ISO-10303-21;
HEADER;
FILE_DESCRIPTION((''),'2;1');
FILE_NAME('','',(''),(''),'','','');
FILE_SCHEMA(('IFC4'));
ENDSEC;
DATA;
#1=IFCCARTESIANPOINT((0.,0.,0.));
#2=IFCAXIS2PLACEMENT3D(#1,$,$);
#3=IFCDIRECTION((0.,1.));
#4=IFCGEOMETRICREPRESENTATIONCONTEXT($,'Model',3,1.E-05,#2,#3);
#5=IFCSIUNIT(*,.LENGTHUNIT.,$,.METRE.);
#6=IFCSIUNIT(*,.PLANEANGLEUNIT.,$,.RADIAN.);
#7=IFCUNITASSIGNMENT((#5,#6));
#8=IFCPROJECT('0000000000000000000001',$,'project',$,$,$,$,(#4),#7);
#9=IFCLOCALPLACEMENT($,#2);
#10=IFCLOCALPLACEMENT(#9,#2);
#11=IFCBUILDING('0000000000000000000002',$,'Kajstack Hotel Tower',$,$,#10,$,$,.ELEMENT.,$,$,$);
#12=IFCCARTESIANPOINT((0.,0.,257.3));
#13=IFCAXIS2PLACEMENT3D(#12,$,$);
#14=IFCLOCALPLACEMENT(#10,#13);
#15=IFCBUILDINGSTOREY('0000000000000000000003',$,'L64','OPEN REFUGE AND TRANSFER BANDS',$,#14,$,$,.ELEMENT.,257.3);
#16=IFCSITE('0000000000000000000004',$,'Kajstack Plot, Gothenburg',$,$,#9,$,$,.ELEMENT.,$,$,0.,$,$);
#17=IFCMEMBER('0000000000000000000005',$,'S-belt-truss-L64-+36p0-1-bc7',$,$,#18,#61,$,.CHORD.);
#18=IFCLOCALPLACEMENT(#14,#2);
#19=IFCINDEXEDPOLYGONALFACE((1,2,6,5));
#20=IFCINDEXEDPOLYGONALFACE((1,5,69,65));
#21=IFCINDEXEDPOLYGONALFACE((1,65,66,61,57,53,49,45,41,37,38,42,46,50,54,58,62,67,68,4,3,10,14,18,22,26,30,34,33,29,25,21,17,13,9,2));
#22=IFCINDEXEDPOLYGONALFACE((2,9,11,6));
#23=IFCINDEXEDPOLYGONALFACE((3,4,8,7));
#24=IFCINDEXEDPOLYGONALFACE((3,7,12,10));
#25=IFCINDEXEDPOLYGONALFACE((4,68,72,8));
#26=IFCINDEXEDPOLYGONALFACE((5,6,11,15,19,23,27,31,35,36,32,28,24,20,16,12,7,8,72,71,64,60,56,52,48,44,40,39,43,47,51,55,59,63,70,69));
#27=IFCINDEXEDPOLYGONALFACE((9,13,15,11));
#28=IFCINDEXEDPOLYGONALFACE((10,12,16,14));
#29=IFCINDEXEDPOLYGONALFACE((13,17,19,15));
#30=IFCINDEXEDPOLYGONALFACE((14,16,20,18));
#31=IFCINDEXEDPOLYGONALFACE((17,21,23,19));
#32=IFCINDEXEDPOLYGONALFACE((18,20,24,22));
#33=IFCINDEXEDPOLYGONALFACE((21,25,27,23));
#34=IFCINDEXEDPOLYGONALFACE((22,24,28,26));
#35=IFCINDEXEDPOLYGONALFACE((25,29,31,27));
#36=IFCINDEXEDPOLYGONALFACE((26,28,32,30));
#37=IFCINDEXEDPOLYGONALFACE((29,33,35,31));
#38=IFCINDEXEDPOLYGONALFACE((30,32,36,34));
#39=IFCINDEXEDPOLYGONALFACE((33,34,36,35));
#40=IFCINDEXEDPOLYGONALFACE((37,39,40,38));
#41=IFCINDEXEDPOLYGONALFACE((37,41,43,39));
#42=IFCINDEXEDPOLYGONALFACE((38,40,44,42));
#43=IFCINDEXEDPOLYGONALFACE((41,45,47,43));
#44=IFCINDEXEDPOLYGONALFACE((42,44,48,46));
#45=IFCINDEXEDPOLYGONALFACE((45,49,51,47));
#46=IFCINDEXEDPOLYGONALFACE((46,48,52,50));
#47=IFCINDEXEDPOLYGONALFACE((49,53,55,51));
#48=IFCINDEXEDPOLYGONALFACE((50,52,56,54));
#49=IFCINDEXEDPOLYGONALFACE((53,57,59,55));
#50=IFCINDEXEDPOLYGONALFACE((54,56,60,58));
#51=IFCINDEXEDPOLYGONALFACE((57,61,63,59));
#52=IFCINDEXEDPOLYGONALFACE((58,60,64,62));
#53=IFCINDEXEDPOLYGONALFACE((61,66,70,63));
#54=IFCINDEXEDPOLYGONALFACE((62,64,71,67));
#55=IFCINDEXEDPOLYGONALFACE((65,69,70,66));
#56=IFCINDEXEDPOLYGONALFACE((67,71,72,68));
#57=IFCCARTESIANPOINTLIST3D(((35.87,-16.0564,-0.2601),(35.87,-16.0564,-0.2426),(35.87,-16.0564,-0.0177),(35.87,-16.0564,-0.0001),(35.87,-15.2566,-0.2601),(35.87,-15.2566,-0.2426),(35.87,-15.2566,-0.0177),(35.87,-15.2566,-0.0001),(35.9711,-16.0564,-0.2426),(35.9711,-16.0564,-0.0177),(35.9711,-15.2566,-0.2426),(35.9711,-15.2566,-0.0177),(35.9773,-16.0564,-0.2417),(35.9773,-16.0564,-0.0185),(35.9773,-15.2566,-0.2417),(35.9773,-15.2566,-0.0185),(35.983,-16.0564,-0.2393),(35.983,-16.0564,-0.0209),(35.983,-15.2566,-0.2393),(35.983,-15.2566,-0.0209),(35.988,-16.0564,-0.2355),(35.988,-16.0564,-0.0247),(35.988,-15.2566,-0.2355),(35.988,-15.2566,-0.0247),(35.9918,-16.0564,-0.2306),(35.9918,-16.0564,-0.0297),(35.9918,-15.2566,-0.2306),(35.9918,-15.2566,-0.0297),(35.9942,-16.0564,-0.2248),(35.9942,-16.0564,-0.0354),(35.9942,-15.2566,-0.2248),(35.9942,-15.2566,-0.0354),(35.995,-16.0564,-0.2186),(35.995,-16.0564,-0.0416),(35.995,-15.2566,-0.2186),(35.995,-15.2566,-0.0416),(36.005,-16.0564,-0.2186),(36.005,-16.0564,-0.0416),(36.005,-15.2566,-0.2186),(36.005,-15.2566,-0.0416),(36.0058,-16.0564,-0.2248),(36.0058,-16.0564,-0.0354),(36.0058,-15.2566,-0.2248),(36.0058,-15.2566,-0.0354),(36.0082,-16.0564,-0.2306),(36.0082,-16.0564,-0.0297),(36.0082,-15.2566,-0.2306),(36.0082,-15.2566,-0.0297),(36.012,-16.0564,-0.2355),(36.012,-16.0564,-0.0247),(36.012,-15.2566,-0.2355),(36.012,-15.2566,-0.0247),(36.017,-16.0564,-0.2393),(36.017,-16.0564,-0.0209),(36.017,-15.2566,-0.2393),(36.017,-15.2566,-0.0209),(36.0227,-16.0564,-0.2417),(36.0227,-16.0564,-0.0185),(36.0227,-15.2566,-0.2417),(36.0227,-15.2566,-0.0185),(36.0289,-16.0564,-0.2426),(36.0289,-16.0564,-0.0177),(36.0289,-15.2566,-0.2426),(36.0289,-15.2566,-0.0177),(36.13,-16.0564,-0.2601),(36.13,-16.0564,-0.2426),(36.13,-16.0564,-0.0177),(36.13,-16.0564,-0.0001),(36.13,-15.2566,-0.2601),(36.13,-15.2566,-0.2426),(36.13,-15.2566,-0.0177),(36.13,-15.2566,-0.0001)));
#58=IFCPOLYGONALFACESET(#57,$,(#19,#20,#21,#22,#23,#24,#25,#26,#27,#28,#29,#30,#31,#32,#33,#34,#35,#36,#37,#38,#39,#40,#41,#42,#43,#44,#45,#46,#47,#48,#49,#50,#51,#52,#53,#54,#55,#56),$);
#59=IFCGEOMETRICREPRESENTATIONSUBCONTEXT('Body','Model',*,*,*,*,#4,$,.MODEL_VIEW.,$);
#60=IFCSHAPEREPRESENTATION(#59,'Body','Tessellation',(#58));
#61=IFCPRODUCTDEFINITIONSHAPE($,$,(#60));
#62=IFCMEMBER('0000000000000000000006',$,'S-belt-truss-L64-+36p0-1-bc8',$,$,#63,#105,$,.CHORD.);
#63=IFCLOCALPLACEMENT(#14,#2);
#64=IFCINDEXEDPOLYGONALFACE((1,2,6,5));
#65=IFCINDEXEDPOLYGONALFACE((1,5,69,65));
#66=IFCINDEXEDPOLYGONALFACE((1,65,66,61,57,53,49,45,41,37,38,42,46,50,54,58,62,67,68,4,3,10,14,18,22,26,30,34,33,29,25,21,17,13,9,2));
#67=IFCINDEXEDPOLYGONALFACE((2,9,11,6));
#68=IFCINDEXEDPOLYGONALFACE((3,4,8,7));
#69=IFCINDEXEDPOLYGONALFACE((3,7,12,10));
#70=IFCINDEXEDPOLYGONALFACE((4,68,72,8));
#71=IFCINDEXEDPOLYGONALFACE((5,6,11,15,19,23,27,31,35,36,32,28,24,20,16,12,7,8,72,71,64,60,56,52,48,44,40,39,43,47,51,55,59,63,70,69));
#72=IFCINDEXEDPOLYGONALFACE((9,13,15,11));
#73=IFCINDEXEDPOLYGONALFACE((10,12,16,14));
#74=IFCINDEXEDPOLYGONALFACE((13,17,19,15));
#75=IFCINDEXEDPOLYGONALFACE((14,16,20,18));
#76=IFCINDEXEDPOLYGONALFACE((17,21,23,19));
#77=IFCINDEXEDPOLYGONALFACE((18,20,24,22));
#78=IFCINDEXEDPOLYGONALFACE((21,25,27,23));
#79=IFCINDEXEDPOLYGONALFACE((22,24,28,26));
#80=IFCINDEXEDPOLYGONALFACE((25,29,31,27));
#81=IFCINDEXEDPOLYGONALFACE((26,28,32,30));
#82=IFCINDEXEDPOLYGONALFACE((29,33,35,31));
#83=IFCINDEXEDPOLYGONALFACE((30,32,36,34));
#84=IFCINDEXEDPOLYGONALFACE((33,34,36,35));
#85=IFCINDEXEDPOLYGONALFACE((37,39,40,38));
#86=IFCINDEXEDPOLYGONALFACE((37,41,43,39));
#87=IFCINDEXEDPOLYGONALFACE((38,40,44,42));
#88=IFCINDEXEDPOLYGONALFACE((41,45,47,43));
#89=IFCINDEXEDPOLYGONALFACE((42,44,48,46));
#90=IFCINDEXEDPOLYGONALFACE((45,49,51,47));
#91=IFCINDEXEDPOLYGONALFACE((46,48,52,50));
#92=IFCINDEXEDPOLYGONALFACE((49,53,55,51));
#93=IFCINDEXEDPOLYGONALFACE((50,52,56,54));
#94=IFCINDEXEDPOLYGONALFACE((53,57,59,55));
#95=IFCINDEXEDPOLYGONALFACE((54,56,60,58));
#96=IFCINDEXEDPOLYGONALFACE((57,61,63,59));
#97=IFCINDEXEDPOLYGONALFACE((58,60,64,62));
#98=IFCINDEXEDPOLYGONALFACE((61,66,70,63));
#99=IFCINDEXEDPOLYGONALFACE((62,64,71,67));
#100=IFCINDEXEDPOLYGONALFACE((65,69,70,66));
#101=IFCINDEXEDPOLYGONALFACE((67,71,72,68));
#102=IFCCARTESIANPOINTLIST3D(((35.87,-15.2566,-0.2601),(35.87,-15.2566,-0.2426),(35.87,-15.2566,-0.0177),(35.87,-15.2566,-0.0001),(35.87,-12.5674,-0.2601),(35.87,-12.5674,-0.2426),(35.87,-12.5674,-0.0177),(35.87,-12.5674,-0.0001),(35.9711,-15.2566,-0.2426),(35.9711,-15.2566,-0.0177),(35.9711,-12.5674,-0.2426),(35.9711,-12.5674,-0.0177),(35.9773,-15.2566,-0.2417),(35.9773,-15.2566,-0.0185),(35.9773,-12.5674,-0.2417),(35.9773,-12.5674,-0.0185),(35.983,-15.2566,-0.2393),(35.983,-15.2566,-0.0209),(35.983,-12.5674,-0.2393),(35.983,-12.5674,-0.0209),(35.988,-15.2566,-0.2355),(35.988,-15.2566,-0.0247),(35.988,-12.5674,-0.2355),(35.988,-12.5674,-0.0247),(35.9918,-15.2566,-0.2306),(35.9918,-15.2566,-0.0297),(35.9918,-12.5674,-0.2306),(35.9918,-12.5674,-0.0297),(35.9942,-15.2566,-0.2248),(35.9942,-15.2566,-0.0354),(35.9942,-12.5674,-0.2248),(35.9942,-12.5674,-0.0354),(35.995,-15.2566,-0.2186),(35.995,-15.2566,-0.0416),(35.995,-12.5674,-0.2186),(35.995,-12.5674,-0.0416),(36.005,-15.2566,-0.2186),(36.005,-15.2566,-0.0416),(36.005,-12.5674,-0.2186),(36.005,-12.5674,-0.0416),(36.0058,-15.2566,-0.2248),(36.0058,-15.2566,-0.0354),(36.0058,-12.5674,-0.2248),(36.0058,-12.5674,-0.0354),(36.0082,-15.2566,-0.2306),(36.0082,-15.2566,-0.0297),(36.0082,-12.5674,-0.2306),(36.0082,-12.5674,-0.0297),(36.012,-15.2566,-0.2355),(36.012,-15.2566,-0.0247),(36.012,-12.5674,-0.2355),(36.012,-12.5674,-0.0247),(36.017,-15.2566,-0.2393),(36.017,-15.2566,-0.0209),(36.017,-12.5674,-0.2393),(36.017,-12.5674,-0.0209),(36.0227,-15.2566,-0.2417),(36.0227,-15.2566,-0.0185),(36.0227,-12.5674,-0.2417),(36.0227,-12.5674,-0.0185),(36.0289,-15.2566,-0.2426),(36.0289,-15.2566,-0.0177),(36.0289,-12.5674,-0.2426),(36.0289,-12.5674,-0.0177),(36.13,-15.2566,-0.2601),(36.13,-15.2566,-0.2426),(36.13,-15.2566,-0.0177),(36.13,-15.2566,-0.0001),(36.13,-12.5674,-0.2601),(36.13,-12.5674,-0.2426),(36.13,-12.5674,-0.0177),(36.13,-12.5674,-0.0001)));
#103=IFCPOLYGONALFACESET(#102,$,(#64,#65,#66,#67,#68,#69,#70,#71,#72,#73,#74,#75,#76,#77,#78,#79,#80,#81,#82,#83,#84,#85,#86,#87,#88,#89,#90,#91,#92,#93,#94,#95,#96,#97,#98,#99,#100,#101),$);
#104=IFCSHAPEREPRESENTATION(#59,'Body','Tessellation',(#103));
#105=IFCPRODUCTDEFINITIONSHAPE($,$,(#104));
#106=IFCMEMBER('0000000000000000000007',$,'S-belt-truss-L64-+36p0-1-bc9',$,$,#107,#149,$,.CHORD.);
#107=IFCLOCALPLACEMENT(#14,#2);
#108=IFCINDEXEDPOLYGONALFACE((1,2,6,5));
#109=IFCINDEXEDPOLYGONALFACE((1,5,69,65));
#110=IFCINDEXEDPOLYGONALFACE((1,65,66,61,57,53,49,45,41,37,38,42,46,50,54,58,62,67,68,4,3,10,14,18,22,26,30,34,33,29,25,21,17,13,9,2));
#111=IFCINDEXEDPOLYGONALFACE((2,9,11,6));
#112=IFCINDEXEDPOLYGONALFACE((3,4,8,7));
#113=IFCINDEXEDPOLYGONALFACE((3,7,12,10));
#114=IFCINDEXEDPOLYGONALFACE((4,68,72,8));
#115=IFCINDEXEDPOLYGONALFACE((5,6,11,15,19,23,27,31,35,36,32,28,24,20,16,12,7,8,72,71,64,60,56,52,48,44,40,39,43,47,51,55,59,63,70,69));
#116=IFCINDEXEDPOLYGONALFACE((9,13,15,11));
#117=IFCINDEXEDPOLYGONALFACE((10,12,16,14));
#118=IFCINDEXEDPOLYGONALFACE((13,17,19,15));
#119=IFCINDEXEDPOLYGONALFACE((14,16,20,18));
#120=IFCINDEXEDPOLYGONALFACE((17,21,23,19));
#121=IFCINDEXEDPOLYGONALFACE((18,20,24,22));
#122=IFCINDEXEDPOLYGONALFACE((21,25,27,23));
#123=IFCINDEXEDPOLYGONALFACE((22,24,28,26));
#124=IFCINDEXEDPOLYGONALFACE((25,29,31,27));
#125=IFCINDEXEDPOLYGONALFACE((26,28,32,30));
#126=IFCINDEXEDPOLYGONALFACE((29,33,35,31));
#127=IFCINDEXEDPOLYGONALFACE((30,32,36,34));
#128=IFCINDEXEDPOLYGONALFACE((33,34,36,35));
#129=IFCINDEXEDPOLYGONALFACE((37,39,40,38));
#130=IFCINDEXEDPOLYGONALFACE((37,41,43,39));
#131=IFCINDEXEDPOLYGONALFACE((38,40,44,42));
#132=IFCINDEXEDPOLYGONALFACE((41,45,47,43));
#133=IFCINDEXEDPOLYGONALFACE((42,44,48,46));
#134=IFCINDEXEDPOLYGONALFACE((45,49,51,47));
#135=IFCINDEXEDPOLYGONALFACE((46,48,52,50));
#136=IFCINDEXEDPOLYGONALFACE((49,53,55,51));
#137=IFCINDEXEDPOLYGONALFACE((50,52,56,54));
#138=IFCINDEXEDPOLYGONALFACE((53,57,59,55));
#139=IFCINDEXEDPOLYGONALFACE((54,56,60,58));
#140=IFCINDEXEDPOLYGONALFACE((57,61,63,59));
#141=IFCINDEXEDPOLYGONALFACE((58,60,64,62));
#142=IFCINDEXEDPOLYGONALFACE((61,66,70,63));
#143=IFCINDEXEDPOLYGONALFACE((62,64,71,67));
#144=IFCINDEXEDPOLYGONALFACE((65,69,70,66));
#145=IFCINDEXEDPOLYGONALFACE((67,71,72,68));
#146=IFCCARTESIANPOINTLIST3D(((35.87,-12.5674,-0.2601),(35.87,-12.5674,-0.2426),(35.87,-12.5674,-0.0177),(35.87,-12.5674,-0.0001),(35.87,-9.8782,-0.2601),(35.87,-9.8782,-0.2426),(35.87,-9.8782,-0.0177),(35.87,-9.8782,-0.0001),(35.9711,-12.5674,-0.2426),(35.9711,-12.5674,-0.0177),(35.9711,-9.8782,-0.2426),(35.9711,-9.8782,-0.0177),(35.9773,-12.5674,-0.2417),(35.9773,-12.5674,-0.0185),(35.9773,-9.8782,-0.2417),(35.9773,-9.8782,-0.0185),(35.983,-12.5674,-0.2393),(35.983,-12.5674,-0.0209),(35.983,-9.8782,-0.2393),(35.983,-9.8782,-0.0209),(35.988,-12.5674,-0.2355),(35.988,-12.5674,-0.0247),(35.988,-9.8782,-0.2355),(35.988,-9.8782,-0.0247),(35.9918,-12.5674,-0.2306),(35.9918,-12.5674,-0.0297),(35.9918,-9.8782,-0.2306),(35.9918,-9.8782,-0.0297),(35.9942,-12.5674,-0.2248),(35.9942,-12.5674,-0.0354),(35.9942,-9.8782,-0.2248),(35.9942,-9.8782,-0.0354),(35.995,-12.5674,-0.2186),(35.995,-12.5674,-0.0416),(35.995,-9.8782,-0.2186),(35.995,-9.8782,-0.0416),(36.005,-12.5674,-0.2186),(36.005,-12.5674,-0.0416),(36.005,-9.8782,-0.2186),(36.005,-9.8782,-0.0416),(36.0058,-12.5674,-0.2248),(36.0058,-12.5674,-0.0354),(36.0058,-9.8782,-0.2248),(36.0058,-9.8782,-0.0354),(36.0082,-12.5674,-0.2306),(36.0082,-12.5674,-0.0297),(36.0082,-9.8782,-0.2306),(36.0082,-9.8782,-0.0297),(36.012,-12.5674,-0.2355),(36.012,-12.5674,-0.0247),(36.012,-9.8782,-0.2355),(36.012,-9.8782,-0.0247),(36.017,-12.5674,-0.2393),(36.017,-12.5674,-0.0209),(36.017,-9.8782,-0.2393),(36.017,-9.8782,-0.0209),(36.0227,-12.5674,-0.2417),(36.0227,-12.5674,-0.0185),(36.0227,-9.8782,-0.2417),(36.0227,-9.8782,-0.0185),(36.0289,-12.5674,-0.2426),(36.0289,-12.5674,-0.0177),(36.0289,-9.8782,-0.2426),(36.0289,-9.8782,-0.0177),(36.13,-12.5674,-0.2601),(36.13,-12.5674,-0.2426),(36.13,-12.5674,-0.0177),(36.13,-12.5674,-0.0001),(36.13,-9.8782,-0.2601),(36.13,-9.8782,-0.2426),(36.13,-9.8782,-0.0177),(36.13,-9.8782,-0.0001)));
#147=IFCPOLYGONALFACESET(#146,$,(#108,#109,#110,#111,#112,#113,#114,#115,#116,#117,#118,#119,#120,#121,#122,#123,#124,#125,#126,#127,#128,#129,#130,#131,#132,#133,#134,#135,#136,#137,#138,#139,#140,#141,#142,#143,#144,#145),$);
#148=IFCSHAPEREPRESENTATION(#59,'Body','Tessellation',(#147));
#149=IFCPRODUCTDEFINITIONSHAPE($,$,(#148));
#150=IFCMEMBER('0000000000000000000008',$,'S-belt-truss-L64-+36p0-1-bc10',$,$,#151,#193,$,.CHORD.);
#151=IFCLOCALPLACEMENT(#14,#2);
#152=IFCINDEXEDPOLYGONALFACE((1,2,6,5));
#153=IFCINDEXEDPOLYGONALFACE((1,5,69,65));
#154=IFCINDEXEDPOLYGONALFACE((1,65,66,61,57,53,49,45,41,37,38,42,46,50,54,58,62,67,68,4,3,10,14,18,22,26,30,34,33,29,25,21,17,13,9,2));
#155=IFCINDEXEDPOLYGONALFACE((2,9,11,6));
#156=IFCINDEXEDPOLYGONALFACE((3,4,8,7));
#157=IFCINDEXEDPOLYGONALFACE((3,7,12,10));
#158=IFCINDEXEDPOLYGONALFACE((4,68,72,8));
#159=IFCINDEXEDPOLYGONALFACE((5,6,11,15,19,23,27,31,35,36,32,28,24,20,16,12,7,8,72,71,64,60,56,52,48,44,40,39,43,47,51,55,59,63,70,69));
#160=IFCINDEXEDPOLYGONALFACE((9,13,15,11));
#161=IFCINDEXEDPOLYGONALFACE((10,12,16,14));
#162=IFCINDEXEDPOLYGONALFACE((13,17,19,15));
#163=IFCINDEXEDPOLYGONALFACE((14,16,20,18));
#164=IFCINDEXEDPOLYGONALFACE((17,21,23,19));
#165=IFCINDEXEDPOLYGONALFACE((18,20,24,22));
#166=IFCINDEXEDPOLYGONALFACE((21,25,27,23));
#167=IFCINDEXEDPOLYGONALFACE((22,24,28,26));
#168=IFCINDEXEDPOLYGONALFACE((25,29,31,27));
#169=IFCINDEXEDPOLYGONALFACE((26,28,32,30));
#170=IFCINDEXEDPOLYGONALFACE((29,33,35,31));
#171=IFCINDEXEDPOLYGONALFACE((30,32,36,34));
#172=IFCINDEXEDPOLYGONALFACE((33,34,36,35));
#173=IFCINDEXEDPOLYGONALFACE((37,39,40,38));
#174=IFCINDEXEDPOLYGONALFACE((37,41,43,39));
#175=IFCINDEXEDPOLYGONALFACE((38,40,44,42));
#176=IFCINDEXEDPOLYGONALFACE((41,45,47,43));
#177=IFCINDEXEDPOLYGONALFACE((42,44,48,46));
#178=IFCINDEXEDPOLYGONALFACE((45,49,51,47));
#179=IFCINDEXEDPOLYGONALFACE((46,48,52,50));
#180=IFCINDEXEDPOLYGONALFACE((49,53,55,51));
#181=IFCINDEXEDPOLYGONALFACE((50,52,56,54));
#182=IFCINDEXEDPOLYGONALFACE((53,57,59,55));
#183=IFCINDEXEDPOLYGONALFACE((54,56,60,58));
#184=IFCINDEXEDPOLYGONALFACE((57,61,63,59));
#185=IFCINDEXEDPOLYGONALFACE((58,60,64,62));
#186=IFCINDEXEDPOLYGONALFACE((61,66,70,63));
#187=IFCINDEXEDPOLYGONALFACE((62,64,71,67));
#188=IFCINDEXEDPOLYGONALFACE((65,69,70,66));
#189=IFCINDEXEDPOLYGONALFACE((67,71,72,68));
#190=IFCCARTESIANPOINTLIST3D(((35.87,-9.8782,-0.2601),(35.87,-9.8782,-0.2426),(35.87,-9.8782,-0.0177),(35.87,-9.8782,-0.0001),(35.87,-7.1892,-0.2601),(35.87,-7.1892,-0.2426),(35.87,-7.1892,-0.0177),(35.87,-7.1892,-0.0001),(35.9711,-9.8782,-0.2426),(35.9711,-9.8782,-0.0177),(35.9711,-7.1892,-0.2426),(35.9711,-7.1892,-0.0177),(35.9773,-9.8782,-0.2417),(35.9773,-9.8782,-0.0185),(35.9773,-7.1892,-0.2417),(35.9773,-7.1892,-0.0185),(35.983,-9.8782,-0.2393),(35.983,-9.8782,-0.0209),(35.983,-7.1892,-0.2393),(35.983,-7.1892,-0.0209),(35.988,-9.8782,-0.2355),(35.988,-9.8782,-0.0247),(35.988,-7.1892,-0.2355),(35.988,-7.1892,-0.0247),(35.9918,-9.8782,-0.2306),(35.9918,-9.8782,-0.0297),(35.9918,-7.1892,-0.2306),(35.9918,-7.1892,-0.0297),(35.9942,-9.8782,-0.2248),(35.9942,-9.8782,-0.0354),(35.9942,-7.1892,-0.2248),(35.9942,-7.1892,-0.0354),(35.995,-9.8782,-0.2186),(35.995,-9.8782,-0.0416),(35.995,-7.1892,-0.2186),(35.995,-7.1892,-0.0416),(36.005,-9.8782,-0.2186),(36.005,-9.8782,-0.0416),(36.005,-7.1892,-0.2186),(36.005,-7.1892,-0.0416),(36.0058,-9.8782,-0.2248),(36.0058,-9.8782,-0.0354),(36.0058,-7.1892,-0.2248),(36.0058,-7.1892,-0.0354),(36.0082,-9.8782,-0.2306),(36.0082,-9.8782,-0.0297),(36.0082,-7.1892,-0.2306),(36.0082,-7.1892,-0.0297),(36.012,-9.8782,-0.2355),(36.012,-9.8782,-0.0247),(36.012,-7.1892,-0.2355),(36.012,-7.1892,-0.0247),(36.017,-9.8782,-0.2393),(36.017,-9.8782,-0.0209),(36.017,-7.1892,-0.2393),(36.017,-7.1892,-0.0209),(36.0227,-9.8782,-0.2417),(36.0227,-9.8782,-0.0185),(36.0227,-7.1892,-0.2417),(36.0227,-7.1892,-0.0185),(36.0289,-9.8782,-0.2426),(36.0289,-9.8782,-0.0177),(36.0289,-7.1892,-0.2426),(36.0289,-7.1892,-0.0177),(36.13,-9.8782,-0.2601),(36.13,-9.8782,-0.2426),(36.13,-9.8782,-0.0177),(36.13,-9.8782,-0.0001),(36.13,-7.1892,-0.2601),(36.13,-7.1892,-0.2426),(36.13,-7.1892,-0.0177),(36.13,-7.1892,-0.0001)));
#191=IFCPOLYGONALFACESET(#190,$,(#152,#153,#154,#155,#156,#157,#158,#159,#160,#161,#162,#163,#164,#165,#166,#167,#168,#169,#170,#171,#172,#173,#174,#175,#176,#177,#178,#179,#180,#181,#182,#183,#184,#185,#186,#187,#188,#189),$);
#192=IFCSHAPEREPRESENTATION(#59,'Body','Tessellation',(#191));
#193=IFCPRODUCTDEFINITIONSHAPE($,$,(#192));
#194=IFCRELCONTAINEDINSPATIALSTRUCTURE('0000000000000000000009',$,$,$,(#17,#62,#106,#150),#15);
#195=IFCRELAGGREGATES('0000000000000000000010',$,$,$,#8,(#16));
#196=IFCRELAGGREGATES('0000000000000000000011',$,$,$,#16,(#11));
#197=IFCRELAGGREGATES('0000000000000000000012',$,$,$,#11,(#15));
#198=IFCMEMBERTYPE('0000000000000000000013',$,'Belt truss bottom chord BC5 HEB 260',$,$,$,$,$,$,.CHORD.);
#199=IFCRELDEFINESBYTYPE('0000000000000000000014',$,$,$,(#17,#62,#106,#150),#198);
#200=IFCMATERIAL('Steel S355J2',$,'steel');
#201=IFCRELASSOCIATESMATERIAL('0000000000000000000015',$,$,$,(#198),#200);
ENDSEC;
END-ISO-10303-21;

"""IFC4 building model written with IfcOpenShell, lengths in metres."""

from ifc_helpers import new_model, si_unit, direction, frame, origin, origin_2d, place, context, subcontext, project, spatial, i_section, extrude, material, material_profile, profile_set, type_object, element, save


model = new_model("IFC4")

# Units and contexts
model_context = context("Model", 3, precision=1e-05, world=origin(), true_north=direction((0.0, 1.0)))
body_context = subcontext(model_context, "Body", "Model", "MODEL_VIEW")
ifc_project = project(units=[si_unit("LENGTHUNIT", "METRE"), si_unit("PLANEANGLEUNIT", "RADIAN")], contexts=[model_context])

# Site, building, storey
site_placement = place(None, origin())
site = spatial("IfcSite", under=ifc_project, at=site_placement, Name="Kajstack Plot, Gothenburg", CompositionType="ELEMENT", RefElevation=0.0)
building_placement = place(site_placement, origin())
building = spatial("IfcBuilding", under=site, at=building_placement, Name="Kajstack Hotel Tower", CompositionType="ELEMENT")
storey_placement = place(building_placement, frame((0.0, 0.0, 257.3)))
storey = spatial("IfcBuildingStorey", under=building, at=storey_placement, Name="L64", Description="OPEN REFUGE AND TRANSFER BANDS", CompositionType="ELEMENT", Elevation=257.3)

# Members
ifc_material_1 = material(Name="Steel S355J2", Category="steel")
ifc_material_profile_1 = material_profile(ifc_material_1, i_section(OverallWidth=0.26, OverallDepth=0.26, WebThickness=0.01, FlangeThickness=0.0176, FilletRadius=0.0239, at=origin_2d()), Name="HEB 260")
ifc_profile_set_1 = profile_set([ifc_material_profile_1], Name="Steel S355J2")
member_type_1 = type_object("IfcMemberType", Name="Belt truss bottom chord BC5 HEB 260", PredefinedType="CHORD", material=ifc_profile_set_1)
member_1_placement = place(storey_placement, frame((36.0, -16.0564, -0.1301), z_axis=(0.0, 1.0, 0.0), x_axis=(-1.0, 0.0, 0.0)))
element("IfcMember", 1, at=member_1_placement, inside=storey, type_object=member_type_1, Name="S-belt-truss-L64-+36p0-1-bc7", PredefinedType="CHORD", context=body_context, shape_type="SweptSolid", body=[
    extrude(i_section(OverallWidth=0.26, OverallDepth=0.26, WebThickness=0.01, FlangeThickness=0.0176, FilletRadius=0.0239, at=origin_2d()), origin(), (0.0, 0.0, 1.0), 0.7998),
])
for number, where, z_axis, x_axis, name in (
    (2, (36.0, -15.2566, -0.1301), (0.0, 1.0, 0.0), (-1.0, 0.0, 0.0), "S-belt-truss-L64-+36p0-1-bc8"),
    (3, (36.0, -12.5674, -0.1301), (0.0, 1.0, 0.0), (-1.0, 0.0, 0.0), "S-belt-truss-L64-+36p0-1-bc9"),
):
    element("IfcMember", number, at=place(storey_placement, frame(where, z_axis=z_axis, x_axis=x_axis)), inside=storey, type_object=member_type_1, Name=name, PredefinedType="CHORD", context=body_context, shape_type="SweptSolid", body=[
        extrude(i_section(OverallWidth=0.26, OverallDepth=0.26, WebThickness=0.01, FlangeThickness=0.0176, FilletRadius=0.0239, at=origin_2d()), origin(), (0.0, 0.0, 1.0), 2.6892),
    ])
member_2_placement = place(storey_placement, frame((36.0, -9.8782, -0.1301), z_axis=(0.0, 1.0, 0.0), x_axis=(-1.0, 0.0, 0.0)))
element("IfcMember", 4, at=member_2_placement, inside=storey, type_object=member_type_1, Name="S-belt-truss-L64-+36p0-1-bc10", PredefinedType="CHORD", context=body_context, shape_type="SweptSolid", body=[
    extrude(i_section(OverallWidth=0.26, OverallDepth=0.26, WebThickness=0.01, FlangeThickness=0.0176, FilletRadius=0.0239, at=origin_2d()), origin(), (0.0, 0.0, 1.0), 2.689),
])

save(model, "model.ifc")
